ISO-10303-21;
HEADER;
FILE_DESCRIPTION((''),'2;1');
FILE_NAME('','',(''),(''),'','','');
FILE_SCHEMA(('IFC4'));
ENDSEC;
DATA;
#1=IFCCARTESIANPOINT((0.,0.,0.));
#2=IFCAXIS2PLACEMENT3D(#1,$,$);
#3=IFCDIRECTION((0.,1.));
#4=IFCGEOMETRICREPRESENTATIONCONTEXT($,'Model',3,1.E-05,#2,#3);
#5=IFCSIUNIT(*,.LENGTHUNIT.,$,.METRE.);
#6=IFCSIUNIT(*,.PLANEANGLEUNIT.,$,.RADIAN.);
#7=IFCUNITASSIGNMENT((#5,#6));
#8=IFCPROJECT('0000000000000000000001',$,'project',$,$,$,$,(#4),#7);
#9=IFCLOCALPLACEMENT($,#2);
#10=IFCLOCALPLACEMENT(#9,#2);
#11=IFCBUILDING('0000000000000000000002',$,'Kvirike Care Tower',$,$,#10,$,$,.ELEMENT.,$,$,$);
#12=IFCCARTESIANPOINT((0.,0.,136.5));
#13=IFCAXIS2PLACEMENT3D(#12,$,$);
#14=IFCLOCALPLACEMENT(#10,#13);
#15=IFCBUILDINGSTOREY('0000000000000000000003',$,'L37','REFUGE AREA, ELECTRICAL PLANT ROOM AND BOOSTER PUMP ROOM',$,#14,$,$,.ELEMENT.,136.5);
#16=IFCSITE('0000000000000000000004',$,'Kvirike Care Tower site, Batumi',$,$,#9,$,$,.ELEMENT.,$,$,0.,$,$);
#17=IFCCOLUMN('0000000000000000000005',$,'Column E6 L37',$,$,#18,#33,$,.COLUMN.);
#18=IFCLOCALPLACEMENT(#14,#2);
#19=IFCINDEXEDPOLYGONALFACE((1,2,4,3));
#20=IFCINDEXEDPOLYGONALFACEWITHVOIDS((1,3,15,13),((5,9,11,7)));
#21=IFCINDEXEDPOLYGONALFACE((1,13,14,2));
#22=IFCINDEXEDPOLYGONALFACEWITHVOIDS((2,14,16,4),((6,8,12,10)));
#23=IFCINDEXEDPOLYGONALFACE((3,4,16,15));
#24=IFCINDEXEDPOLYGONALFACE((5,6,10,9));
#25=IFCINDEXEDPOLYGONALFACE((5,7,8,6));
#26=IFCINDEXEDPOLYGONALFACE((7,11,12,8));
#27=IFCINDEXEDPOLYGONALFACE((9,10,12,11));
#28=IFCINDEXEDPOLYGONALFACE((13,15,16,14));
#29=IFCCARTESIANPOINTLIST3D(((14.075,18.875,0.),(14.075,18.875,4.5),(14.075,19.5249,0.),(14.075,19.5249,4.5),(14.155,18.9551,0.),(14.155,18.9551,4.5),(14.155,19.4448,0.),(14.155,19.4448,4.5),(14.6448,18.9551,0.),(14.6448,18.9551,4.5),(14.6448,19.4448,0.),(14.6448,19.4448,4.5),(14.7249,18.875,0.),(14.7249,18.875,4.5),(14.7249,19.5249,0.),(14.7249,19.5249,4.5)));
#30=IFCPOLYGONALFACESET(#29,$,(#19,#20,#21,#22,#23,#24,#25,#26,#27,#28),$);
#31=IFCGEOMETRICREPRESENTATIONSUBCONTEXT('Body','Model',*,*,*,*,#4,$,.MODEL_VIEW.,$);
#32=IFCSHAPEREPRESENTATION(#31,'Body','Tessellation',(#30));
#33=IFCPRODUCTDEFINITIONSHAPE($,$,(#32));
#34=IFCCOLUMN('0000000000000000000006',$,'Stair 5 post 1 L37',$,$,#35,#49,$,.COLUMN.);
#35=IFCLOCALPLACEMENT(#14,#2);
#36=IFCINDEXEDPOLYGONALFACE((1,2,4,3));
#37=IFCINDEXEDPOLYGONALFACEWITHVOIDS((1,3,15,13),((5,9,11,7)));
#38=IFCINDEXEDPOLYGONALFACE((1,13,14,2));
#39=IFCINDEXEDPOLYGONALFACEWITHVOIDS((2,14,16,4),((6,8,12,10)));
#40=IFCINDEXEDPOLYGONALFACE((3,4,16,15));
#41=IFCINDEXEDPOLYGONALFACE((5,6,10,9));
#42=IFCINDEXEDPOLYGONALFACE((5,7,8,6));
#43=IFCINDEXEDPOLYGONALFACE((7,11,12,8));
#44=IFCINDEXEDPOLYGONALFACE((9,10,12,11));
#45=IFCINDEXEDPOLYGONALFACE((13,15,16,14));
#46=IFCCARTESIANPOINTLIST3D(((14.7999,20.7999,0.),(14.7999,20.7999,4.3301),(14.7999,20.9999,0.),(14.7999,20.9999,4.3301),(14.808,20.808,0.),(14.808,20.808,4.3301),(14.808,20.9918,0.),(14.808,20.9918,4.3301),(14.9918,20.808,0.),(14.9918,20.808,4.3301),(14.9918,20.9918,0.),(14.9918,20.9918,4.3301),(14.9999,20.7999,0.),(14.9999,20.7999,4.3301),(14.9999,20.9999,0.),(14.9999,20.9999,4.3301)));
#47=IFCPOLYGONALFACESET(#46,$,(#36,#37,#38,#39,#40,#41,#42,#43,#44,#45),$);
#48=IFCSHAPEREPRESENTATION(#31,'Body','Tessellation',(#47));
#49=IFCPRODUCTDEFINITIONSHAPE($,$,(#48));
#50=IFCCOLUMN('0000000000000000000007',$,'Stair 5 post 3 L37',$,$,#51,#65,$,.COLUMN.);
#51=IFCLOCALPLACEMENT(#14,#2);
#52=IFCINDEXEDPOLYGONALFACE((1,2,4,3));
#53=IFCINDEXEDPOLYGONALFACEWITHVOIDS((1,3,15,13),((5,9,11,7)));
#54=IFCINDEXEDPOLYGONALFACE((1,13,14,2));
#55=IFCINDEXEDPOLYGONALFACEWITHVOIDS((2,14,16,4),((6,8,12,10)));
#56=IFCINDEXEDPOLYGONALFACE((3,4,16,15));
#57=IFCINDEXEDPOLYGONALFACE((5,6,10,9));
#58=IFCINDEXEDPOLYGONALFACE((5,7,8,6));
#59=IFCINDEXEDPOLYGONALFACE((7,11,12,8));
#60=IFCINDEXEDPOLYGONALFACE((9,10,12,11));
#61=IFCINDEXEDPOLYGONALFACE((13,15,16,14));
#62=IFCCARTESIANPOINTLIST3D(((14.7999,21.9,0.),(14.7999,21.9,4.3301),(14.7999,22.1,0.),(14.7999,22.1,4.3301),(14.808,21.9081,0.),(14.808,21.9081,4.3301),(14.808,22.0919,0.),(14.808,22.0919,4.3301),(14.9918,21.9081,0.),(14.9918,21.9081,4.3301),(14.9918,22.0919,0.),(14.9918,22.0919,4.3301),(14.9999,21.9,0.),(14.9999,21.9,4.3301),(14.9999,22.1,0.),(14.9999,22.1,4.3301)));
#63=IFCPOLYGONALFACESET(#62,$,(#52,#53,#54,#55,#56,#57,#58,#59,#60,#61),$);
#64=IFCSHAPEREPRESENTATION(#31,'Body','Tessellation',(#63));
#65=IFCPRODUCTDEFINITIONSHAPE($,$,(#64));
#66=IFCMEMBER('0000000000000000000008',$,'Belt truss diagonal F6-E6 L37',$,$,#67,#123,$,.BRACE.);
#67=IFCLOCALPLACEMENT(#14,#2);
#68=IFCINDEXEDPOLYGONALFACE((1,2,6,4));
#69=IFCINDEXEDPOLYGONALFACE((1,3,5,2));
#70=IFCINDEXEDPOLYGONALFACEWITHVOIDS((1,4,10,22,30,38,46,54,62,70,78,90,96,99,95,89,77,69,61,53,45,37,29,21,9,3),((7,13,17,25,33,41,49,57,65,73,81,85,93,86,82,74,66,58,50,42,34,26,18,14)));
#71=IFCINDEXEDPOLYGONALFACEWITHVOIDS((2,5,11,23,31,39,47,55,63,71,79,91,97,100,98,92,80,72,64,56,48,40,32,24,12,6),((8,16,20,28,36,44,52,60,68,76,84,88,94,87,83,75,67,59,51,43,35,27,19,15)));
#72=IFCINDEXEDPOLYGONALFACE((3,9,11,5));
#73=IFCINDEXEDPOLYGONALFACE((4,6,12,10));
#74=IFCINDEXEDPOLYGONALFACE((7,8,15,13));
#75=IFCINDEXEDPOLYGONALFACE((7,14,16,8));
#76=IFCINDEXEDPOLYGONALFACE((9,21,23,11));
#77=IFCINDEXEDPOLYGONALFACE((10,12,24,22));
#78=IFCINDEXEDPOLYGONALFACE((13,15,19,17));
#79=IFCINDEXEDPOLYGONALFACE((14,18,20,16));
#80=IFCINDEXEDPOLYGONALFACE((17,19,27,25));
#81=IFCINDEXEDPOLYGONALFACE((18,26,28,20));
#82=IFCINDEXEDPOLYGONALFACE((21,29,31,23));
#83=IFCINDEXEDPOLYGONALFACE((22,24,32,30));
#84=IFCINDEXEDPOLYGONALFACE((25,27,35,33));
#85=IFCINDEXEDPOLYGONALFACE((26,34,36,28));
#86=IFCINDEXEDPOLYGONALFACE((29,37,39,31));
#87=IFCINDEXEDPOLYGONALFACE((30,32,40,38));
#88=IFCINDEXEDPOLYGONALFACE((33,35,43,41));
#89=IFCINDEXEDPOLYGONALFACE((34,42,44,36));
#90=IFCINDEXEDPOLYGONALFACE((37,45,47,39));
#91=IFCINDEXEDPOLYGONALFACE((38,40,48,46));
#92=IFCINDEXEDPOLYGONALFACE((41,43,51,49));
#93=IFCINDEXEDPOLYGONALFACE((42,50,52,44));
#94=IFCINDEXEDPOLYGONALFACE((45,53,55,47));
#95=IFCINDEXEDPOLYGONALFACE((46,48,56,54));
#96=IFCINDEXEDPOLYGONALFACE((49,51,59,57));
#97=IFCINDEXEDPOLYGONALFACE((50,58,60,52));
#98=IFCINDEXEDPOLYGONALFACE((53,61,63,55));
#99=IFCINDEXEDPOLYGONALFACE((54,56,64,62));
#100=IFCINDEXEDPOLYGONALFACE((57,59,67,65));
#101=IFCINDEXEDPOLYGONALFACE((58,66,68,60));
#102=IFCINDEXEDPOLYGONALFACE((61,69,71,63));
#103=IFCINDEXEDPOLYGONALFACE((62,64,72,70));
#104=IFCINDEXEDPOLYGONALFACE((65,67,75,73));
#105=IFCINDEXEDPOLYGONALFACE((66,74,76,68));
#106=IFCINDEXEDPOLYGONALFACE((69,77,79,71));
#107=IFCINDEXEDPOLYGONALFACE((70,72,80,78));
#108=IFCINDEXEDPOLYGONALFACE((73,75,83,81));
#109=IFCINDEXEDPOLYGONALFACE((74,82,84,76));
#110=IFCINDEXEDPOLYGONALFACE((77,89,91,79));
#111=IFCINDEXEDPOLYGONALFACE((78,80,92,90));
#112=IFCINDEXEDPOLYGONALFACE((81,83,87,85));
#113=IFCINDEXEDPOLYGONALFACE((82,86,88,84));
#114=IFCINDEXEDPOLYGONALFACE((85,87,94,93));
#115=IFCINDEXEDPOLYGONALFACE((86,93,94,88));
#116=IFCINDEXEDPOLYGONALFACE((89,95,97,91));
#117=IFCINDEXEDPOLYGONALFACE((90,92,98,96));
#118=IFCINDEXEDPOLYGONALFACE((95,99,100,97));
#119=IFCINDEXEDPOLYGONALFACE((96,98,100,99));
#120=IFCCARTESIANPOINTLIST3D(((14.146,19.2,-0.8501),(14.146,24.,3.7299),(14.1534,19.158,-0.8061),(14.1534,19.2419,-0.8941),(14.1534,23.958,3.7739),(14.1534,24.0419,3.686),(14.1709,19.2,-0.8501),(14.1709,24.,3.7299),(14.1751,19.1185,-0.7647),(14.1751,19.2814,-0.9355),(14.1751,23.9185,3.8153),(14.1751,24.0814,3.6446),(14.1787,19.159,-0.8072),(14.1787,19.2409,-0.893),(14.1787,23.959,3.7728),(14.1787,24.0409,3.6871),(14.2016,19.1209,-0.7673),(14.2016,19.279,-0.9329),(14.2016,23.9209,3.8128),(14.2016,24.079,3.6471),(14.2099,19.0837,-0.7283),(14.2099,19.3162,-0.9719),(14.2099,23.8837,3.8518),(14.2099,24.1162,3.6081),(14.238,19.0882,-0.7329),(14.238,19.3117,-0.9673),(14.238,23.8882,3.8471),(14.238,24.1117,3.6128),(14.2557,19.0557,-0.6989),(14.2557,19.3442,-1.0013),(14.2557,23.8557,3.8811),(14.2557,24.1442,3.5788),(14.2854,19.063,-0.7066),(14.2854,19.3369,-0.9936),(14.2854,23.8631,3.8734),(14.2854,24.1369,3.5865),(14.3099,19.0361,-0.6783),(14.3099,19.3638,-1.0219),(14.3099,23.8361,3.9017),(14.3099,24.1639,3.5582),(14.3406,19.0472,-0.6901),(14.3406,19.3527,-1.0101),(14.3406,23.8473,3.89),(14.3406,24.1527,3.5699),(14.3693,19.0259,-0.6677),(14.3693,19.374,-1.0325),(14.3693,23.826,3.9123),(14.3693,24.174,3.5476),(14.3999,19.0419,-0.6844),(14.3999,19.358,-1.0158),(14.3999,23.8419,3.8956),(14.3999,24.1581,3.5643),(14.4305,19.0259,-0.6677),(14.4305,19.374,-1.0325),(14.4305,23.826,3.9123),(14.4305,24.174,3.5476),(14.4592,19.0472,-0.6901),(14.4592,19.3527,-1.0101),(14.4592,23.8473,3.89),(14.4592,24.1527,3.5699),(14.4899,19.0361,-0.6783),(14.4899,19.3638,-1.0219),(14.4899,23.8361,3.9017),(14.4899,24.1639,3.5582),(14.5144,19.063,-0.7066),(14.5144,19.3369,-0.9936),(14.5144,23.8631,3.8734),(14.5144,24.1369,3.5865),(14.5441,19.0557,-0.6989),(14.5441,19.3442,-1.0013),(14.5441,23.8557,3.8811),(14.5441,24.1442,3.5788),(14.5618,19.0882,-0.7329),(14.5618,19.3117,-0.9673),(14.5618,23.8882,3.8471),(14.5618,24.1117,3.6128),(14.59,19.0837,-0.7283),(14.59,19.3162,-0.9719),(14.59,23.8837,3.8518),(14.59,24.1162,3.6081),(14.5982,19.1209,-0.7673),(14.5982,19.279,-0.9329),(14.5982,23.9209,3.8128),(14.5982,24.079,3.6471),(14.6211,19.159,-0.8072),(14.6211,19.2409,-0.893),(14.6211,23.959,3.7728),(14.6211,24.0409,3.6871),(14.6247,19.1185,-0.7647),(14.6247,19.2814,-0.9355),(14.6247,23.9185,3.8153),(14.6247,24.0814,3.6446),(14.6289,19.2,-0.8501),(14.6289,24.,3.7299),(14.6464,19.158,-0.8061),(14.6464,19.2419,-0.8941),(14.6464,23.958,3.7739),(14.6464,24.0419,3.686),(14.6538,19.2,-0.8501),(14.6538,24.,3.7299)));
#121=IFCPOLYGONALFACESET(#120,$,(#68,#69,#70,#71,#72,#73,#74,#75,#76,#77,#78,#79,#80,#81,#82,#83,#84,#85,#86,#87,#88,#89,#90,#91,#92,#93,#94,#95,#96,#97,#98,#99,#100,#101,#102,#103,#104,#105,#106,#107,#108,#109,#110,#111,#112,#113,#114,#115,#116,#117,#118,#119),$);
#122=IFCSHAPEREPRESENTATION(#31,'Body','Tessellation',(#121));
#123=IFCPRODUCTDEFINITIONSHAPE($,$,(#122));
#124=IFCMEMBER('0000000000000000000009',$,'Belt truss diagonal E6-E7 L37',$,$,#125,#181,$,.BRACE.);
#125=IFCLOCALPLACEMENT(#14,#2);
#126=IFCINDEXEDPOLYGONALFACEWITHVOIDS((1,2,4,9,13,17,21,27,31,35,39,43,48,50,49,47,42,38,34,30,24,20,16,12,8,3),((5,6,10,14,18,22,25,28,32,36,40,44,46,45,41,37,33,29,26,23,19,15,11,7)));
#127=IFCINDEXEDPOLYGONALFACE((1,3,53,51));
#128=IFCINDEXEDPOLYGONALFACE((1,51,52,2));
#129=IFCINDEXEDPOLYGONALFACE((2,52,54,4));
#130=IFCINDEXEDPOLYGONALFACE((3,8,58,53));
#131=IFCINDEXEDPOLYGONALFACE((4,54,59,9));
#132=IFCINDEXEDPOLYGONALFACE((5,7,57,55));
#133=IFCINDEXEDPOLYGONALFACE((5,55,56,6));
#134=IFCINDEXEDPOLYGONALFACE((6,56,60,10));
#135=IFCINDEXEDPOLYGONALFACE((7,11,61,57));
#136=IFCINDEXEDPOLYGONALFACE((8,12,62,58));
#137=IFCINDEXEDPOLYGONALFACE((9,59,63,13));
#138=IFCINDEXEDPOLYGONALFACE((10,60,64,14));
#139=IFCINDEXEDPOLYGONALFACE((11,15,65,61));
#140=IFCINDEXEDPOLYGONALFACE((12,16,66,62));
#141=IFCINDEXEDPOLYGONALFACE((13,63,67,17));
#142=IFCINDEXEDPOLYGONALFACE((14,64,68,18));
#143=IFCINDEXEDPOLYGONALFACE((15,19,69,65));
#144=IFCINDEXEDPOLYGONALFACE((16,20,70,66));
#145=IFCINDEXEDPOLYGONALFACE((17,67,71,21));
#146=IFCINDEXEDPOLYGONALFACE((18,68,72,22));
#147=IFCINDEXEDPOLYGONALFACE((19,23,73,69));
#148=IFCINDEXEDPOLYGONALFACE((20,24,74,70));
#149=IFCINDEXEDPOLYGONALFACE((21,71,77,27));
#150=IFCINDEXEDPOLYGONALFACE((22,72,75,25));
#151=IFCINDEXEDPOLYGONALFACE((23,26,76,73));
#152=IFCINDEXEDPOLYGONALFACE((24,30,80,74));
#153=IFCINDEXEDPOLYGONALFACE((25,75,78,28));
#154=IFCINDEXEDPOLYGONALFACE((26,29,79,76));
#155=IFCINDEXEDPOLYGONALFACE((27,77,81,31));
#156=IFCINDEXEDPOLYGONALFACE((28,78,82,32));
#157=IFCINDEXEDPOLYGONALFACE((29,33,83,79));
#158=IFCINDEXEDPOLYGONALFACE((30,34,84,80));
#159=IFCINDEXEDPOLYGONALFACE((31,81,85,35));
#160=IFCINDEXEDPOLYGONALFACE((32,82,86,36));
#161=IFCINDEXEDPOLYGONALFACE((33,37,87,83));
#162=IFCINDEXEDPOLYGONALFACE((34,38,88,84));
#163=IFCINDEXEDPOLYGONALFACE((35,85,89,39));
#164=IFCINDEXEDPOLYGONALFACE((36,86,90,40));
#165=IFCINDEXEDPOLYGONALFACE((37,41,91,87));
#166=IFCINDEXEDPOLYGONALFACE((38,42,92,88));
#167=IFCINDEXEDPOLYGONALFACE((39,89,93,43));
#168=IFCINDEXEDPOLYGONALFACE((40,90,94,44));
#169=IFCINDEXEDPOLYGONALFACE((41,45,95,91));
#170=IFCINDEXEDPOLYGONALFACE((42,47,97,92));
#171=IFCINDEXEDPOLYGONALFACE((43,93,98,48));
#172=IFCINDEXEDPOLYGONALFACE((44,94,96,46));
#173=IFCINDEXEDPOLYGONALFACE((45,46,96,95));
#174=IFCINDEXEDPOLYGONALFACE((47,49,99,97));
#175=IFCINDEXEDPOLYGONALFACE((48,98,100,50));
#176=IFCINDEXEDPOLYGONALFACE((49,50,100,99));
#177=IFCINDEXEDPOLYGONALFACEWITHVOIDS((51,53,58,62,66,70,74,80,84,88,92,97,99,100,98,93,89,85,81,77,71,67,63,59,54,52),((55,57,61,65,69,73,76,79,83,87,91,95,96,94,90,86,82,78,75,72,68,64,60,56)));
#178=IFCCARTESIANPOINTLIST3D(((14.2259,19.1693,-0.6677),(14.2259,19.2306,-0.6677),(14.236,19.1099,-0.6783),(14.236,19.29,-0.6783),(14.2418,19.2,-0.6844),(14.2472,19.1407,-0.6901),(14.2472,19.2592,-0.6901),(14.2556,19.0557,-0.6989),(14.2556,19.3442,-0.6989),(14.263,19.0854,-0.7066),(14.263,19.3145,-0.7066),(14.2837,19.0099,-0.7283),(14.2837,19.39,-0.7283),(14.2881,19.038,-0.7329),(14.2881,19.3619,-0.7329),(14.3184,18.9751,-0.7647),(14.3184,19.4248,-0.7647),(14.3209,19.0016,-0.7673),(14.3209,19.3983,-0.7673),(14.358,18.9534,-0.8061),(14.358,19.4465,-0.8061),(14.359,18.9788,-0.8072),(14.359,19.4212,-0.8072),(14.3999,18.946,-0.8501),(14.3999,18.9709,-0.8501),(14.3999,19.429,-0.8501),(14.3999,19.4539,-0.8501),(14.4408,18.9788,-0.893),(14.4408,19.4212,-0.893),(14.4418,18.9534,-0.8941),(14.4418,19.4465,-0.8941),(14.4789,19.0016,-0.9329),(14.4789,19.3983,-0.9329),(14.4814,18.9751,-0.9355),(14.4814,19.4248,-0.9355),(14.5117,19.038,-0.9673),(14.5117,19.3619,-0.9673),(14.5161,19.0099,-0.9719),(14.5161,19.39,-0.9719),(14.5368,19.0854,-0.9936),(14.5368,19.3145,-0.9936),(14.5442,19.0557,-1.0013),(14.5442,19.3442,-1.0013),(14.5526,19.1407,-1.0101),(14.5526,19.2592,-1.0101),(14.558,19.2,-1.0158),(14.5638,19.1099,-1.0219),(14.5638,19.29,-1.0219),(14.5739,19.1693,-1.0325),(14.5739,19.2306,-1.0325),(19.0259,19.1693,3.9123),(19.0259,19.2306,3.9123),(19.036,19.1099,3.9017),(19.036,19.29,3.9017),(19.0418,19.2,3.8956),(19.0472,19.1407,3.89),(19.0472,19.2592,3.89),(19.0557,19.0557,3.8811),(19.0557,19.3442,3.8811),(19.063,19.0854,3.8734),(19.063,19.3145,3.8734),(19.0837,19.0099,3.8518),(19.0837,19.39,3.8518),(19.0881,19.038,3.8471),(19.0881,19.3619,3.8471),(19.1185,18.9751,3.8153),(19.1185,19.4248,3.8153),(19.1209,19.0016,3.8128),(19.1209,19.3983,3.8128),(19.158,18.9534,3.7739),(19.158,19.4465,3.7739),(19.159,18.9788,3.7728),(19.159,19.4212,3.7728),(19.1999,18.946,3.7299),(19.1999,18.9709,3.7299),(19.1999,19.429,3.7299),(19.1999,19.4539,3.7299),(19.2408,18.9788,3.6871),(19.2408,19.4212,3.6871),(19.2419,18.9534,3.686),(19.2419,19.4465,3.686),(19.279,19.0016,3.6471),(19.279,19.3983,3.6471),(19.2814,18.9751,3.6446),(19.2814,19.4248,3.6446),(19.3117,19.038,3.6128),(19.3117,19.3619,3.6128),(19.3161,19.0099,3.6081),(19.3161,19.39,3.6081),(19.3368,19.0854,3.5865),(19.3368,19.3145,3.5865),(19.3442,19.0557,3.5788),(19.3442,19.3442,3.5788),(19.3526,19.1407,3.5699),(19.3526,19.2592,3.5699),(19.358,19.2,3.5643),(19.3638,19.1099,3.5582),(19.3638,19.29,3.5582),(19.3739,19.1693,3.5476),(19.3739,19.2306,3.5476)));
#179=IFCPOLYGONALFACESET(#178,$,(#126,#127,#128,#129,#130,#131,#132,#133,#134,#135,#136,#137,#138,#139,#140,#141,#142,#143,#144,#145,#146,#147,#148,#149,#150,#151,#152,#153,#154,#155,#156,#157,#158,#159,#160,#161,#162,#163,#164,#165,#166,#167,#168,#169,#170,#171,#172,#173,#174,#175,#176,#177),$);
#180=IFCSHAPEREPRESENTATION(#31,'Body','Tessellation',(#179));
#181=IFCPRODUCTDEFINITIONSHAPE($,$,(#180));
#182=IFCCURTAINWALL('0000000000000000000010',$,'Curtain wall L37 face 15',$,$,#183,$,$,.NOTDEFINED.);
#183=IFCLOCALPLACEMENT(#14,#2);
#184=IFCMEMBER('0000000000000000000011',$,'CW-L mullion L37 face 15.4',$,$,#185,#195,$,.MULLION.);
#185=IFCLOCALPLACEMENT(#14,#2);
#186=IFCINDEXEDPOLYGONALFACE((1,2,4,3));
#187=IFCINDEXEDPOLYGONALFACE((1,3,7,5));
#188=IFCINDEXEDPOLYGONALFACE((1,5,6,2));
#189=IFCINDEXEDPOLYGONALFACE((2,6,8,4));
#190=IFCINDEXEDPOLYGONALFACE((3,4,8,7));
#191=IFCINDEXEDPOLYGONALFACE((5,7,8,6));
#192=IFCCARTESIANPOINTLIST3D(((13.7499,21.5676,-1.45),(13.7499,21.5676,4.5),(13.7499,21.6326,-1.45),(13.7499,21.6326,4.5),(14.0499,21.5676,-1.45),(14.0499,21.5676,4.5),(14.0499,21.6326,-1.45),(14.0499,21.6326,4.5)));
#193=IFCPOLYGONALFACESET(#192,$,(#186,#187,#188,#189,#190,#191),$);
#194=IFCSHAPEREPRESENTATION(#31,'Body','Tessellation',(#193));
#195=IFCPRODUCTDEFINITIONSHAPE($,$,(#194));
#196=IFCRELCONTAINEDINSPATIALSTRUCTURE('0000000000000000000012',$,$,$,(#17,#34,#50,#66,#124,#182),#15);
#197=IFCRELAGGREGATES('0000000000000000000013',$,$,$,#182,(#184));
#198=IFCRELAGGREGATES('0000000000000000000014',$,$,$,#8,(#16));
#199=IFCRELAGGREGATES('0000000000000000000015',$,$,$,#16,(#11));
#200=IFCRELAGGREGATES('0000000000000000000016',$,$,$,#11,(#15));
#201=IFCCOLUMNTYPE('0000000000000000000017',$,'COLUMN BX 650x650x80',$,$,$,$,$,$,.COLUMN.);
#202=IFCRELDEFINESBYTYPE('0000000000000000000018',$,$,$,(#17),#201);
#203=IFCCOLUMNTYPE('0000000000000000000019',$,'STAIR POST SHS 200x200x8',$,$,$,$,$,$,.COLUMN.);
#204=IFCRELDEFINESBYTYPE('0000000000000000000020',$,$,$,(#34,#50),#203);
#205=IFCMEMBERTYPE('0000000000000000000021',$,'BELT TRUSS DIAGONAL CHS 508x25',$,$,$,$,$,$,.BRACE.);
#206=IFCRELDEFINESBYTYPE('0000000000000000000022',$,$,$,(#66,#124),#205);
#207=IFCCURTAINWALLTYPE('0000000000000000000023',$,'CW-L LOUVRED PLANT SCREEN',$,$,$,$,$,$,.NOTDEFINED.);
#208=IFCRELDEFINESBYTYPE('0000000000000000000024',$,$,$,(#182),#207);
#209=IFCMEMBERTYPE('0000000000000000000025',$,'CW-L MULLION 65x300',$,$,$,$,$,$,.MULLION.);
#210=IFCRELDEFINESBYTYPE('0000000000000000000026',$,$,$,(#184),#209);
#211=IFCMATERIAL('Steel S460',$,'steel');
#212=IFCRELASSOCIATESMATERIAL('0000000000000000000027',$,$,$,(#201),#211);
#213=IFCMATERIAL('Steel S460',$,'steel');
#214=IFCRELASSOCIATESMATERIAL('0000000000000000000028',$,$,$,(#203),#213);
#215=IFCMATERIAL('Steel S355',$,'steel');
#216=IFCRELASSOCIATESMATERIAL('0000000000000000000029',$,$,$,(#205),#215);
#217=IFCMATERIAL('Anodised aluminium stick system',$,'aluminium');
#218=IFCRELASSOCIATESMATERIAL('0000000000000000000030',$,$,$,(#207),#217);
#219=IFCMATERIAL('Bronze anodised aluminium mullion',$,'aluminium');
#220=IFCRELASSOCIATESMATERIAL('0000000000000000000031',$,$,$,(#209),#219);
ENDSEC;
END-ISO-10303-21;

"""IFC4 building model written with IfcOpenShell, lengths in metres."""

from ifc_helpers import new_model, si_unit, direction, frame, origin, origin_2d, place, context, subcontext, project, spatial, rectangle, hollow_rectangle, hollow_circle, extrude, material, material_profile, profile_set, type_object, element, aggregate, save


model = new_model("IFC4")

# Units and contexts
model_context = context("Model", 3, precision=1e-05, world=origin(), true_north=direction((0.0, 1.0)))
body_context = subcontext(model_context, "Body", "Model", "MODEL_VIEW")
ifc_project = project(units=[si_unit("LENGTHUNIT", "METRE"), si_unit("PLANEANGLEUNIT", "RADIAN")], contexts=[model_context])

# Site, building, storey
site_placement = place(None, origin())
site = spatial("IfcSite", under=ifc_project, at=site_placement, Name="Kvirike Care Tower site, Batumi", CompositionType="ELEMENT", RefElevation=0.0)
building_placement = place(site_placement, origin())
building = spatial("IfcBuilding", under=site, at=building_placement, Name="Kvirike Care Tower", CompositionType="ELEMENT")
storey_placement = place(building_placement, frame((0.0, 0.0, 136.5)))
storey = spatial("IfcBuildingStorey", under=building, at=storey_placement, Name="L37", Description="REFUGE AREA, ELECTRICAL PLANT ROOM AND BOOSTER PUMP ROOM", CompositionType="ELEMENT", Elevation=136.5)

# Columns
ifc_material_1 = material(Name="Steel S460", Category="steel")
ifc_material_profile_1 = material_profile(ifc_material_1, hollow_rectangle(XDim=0.6499, YDim=0.6499, WallThickness=0.0801, at=origin_2d()), Name="BX 650x650x80")
ifc_profile_set_1 = profile_set([ifc_material_profile_1], Name="Steel S460")
column_type_1 = type_object("IfcColumnType", Name="COLUMN BX 650x650x80", PredefinedType="COLUMN", material=ifc_profile_set_1)
column_placement = place(storey_placement, frame((14.3999, 19.2, 0.0), z_axis=(0.0, 0.0, 1.0), x_axis=(0.0, 1.0, 0.0)))
element("IfcColumn", 1, at=column_placement, inside=storey, type_object=column_type_1, Name="Column E6 L37", PredefinedType="COLUMN", context=body_context, shape_type="SweptSolid", body=[
    extrude(hollow_rectangle(XDim=0.6499, YDim=0.6499, WallThickness=0.0801, at=origin_2d()), origin(), (0.0, 0.0, 1.0), 4.5),
])
ifc_material_2 = material(Name="Steel S460", Category="steel")
ifc_material_profile_2 = material_profile(ifc_material_2, hollow_rectangle(XDim=0.2, YDim=0.2, WallThickness=0.0081, at=origin_2d()), Name="SHS 200x200x8")
ifc_profile_set_2 = profile_set([ifc_material_profile_2], Name="Steel S460")
column_type_2 = type_object("IfcColumnType", Name="STAIR POST SHS 200x200x8", PredefinedType="COLUMN", material=ifc_profile_set_2)
for number, where, z_axis, x_axis, name in (
    (2, (14.8999, 20.8999, 0.0), (0.0, 0.0, 1.0), (1.0, 0.0, 0.0), "Stair 5 post 1 L37"),
    (3, (14.8999, 22.0, 0.0), (0.0, 0.0, 1.0), (1.0, 0.0, 0.0), "Stair 5 post 3 L37"),
):
    element("IfcColumn", number, at=place(storey_placement, frame(where, z_axis=z_axis, x_axis=x_axis)), inside=storey, type_object=column_type_2, Name=name, PredefinedType="COLUMN", context=body_context, shape_type="SweptSolid", body=[
        extrude(hollow_rectangle(XDim=0.2, YDim=0.2, WallThickness=0.0081, at=origin_2d()), origin(), (0.0, 0.0, 1.0), 4.3301),
    ])

# Members
ifc_material_3 = material(Name="Steel S355", Category="steel")
ifc_material_profile_3 = material_profile(ifc_material_3, hollow_circle(Radius=0.2539, WallThickness=0.0249, at=origin_2d()), Name="CHS 508x25")
ifc_profile_set_3 = profile_set([ifc_material_profile_3], Name="Steel S355")
member_type_1 = type_object("IfcMemberType", Name="BELT TRUSS DIAGONAL CHS 508x25", PredefinedType="BRACE", material=ifc_profile_set_3)
for number, where, z_axis, x_axis, name in (
    (4, (14.3999, 19.2, -0.8501), (0.0, 0.72349, 0.690335), (-1.0, 0.0, 0.0), "Belt truss diagonal F6-E6 L37"),
    (5, (14.3999, 19.2, -0.8501), (0.72349, 0.0, 0.690335), (0.0, 1.0, 0.0), "Belt truss diagonal E6-E7 L37"),
):
    element("IfcMember", number, at=place(storey_placement, frame(where, z_axis=z_axis, x_axis=x_axis)), inside=storey, type_object=member_type_1, Name=name, PredefinedType="BRACE", context=body_context, shape_type="SweptSolid", body=[
        extrude(hollow_circle(Radius=0.2539, WallThickness=0.0249, at=origin_2d()), origin(), (0.0, 0.0, 1.0), 6.6345),
    ])

# Curtain wall, member
ifc_material_4 = material(Name="Anodised aluminium stick system", Category="aluminium")
curtain_wall_type = type_object("IfcCurtainWallType", Name="CW-L LOUVRED PLANT SCREEN", PredefinedType="NOTDEFINED", material=ifc_material_4)
curtain_wall_1_placement = place(storey_placement, origin())
curtain_wall_1 = element("IfcCurtainWall", 6, at=curtain_wall_1_placement, inside=storey, type_object=curtain_wall_type, Name="Curtain wall L37 face 15", PredefinedType="NOTDEFINED")
ifc_material_5 = material(Name="Bronze anodised aluminium mullion", Category="aluminium")
ifc_material_profile_4 = material_profile(ifc_material_5, rectangle(XDim=0.0649, YDim=0.3, at=origin_2d()), Name="CW-L MULLION 65x300")
ifc_profile_set_4 = profile_set([ifc_material_profile_4], Name="Bronze anodised aluminium mullion")
member_type_2 = type_object("IfcMemberType", Name="CW-L MULLION 65x300", PredefinedType="MULLION", material=ifc_profile_set_4)
member_1_placement = place(storey_placement, frame((13.8999, 21.6001, -1.45), z_axis=(0.0, 0.0, 1.0), x_axis=(0.0, -1.0, 0.0)))
member_1 = element("IfcMember", 7, at=member_1_placement, type_object=member_type_2, Name="CW-L mullion L37 face 15.4", PredefinedType="MULLION", context=body_context, shape_type="SweptSolid", body=[
    extrude(rectangle(XDim=0.0649, YDim=0.3, at=origin_2d()), origin(), (0.0, 0.0, 1.0), 5.95),
])

aggregate(curtain_wall_1, [member_1])

save(model, "model.ifc")
